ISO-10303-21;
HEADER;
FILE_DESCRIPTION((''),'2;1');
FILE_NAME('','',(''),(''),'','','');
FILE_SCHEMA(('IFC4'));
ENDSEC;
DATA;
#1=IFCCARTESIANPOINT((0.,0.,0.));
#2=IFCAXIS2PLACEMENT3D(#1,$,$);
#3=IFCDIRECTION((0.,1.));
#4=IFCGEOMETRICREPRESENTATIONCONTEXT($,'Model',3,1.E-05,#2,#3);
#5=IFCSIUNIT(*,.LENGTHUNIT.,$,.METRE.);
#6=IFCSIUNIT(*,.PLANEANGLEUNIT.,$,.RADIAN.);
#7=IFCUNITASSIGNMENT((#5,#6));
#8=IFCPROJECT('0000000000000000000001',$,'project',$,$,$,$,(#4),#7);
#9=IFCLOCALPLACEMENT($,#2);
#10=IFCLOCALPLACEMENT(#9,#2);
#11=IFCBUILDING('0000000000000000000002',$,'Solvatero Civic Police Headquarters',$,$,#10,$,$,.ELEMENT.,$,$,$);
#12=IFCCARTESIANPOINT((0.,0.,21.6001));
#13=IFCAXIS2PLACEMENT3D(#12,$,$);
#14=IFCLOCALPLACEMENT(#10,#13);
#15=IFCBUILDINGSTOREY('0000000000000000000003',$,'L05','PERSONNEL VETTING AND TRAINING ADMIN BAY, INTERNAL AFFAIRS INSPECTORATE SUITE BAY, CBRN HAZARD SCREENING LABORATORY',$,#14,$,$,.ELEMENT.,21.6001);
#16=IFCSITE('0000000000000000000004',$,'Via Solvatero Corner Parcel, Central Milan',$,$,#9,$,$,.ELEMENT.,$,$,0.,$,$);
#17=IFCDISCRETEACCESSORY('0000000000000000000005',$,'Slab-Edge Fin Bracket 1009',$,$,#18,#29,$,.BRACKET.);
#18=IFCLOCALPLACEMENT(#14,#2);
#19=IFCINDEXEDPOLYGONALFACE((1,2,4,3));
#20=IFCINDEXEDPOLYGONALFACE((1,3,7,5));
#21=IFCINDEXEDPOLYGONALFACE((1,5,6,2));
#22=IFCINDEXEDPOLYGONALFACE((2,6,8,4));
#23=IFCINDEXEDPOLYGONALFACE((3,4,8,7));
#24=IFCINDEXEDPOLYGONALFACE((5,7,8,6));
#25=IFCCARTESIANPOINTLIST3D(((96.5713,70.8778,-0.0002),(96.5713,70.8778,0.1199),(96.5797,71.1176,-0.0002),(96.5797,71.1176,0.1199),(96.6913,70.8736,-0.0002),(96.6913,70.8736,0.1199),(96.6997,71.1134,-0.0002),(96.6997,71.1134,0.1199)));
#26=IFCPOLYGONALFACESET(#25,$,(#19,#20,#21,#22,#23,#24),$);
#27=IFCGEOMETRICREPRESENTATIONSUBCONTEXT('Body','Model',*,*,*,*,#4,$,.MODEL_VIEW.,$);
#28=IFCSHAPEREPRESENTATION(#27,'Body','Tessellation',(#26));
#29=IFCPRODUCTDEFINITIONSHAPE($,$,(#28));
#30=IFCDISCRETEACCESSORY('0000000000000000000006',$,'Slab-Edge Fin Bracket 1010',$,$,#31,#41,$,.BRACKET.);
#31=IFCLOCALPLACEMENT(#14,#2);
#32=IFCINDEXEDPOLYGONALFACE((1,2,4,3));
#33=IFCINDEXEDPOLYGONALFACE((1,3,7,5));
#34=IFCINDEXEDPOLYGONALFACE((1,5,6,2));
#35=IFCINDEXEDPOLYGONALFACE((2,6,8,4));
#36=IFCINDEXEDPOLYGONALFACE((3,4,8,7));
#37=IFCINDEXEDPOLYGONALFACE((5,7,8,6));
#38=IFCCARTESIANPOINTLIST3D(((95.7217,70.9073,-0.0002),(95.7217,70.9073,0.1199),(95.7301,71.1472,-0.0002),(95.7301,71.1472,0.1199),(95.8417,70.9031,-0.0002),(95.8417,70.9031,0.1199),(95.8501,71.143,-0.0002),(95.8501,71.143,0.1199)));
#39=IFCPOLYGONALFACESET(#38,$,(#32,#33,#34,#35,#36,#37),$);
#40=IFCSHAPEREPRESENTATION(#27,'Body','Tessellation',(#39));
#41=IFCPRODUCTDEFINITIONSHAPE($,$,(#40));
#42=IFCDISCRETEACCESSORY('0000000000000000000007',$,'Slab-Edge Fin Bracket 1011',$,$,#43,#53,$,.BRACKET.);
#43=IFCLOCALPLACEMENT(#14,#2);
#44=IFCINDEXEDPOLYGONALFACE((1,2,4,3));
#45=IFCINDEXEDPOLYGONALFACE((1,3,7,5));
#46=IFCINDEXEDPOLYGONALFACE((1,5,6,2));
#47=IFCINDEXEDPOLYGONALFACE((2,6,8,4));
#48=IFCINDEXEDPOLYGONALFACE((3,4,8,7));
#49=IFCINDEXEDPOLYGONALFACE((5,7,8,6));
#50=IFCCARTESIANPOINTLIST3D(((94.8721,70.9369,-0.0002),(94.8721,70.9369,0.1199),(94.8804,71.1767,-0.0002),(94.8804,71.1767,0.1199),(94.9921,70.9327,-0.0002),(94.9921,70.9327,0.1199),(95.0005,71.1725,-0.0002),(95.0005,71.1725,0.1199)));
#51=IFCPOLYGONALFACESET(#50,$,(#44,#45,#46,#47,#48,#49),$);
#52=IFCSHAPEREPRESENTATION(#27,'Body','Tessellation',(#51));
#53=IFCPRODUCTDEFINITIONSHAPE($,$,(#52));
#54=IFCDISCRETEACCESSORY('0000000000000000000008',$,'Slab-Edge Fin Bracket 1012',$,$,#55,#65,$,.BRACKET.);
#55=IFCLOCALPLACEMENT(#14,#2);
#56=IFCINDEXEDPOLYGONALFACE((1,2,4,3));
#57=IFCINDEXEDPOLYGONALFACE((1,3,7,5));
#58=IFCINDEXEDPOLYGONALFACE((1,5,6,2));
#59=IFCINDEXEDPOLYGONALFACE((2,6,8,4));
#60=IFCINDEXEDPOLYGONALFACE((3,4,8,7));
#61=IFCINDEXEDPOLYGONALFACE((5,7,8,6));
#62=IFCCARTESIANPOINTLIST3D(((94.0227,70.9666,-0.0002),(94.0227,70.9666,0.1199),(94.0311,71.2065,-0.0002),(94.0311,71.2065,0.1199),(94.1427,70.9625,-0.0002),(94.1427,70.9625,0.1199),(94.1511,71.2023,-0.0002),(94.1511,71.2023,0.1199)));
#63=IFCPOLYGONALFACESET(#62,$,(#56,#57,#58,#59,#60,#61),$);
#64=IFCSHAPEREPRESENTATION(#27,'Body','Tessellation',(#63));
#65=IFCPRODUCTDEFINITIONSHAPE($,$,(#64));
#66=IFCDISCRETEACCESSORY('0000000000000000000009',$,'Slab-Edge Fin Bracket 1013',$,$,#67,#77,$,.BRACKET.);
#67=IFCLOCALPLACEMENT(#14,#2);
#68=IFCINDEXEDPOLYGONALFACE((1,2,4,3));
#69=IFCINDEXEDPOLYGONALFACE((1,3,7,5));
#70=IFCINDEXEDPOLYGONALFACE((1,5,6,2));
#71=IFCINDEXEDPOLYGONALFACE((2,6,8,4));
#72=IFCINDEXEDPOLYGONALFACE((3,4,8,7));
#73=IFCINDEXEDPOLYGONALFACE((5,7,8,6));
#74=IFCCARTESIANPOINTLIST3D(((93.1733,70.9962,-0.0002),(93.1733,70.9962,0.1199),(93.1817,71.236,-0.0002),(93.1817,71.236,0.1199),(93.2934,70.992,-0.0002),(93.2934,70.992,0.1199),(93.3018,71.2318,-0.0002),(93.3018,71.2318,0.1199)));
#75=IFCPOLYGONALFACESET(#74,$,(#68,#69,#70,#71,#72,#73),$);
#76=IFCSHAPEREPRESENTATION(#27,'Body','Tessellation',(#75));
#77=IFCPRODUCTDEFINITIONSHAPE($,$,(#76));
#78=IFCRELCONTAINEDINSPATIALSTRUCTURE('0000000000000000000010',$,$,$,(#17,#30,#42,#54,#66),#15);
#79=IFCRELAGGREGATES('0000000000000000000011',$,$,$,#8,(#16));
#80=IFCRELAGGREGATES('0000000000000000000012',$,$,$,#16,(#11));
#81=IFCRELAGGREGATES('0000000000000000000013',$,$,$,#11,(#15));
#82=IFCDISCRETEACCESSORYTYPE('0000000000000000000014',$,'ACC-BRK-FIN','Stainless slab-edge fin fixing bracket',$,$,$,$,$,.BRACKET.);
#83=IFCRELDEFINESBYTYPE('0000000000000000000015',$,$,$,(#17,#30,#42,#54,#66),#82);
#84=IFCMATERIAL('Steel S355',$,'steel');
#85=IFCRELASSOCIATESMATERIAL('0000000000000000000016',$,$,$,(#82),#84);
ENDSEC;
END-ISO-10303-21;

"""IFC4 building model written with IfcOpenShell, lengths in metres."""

from ifc_helpers import new_model, si_unit, direction, frame, origin, origin_2d, place, context, subcontext, project, spatial, rectangle, extrude, material, type_object, element, save


model = new_model("IFC4")

# Units and contexts
model_context = context("Model", 3, precision=1e-05, world=origin(), true_north=direction((0.0, 1.0)))
body_context = subcontext(model_context, "Body", "Model", "MODEL_VIEW")
ifc_project = project(units=[si_unit("LENGTHUNIT", "METRE"), si_unit("PLANEANGLEUNIT", "RADIAN")], contexts=[model_context])

# Site, building, storey
site_placement = place(None, origin())
site = spatial("IfcSite", under=ifc_project, at=site_placement, Name="Via Solvatero Corner Parcel, Central Milan", CompositionType="ELEMENT", RefElevation=0.0)
building_placement = place(site_placement, origin())
building = spatial("IfcBuilding", under=site, at=building_placement, Name="Solvatero Civic Police Headquarters", CompositionType="ELEMENT")
storey_placement = place(building_placement, frame((0.0, 0.0, 21.6001)))
storey = spatial("IfcBuildingStorey", under=building, at=storey_placement, Name="L05", Description="PERSONNEL VETTING AND TRAINING ADMIN BAY, INTERNAL AFFAIRS INSPECTORATE SUITE BAY, CBRN HAZARD SCREENING LABORATORY", CompositionType="ELEMENT", Elevation=21.6001)

# Discrete accessories
ifc_material_1 = material(Name="Steel S355", Category="steel")
discrete_accessory_type = type_object("IfcDiscreteAccessoryType", Name="ACC-BRK-FIN", Description="Stainless slab-edge fin fixing bracket", PredefinedType="BRACKET", material=ifc_material_1)
for number, where, z_axis, x_axis, name in (
    (1, (96.6355, 70.9956, -0.0002), (0.0, 0.0, 1.0), (-0.999391, 0.034899, 0.0), "Slab-Edge Fin Bracket 1009"),
    (2, (95.7859, 71.0251, -0.0002), (0.0, 0.0, 1.0), (-0.999391, 0.034899, 0.0), "Slab-Edge Fin Bracket 1010"),
    (3, (94.9363, 71.0547, -0.0002), (0.0, 0.0, 1.0), (-0.999391, 0.034899, 0.0), "Slab-Edge Fin Bracket 1011"),
    (4, (94.0869, 71.0845, -0.0002), (0.0, 0.0, 1.0), (-0.999391, 0.034899, 0.0), "Slab-Edge Fin Bracket 1012"),
    (5, (93.2375, 71.114, -0.0002), (0.0, 0.0, 1.0), (-0.999391, 0.034899, 0.0), "Slab-Edge Fin Bracket 1013"),
):
    element("IfcDiscreteAccessory", number, at=place(storey_placement, frame(where, z_axis=z_axis, x_axis=x_axis)), inside=storey, type_object=discrete_accessory_type, Name=name, PredefinedType="BRACKET", context=body_context, shape_type="SweptSolid", body=[
        extrude(rectangle(XDim=0.1201, YDim=0.24, at=origin_2d()), origin(), (0.0, 0.0, 1.0), 0.1201),
    ])

save(model, "model.ifc")
